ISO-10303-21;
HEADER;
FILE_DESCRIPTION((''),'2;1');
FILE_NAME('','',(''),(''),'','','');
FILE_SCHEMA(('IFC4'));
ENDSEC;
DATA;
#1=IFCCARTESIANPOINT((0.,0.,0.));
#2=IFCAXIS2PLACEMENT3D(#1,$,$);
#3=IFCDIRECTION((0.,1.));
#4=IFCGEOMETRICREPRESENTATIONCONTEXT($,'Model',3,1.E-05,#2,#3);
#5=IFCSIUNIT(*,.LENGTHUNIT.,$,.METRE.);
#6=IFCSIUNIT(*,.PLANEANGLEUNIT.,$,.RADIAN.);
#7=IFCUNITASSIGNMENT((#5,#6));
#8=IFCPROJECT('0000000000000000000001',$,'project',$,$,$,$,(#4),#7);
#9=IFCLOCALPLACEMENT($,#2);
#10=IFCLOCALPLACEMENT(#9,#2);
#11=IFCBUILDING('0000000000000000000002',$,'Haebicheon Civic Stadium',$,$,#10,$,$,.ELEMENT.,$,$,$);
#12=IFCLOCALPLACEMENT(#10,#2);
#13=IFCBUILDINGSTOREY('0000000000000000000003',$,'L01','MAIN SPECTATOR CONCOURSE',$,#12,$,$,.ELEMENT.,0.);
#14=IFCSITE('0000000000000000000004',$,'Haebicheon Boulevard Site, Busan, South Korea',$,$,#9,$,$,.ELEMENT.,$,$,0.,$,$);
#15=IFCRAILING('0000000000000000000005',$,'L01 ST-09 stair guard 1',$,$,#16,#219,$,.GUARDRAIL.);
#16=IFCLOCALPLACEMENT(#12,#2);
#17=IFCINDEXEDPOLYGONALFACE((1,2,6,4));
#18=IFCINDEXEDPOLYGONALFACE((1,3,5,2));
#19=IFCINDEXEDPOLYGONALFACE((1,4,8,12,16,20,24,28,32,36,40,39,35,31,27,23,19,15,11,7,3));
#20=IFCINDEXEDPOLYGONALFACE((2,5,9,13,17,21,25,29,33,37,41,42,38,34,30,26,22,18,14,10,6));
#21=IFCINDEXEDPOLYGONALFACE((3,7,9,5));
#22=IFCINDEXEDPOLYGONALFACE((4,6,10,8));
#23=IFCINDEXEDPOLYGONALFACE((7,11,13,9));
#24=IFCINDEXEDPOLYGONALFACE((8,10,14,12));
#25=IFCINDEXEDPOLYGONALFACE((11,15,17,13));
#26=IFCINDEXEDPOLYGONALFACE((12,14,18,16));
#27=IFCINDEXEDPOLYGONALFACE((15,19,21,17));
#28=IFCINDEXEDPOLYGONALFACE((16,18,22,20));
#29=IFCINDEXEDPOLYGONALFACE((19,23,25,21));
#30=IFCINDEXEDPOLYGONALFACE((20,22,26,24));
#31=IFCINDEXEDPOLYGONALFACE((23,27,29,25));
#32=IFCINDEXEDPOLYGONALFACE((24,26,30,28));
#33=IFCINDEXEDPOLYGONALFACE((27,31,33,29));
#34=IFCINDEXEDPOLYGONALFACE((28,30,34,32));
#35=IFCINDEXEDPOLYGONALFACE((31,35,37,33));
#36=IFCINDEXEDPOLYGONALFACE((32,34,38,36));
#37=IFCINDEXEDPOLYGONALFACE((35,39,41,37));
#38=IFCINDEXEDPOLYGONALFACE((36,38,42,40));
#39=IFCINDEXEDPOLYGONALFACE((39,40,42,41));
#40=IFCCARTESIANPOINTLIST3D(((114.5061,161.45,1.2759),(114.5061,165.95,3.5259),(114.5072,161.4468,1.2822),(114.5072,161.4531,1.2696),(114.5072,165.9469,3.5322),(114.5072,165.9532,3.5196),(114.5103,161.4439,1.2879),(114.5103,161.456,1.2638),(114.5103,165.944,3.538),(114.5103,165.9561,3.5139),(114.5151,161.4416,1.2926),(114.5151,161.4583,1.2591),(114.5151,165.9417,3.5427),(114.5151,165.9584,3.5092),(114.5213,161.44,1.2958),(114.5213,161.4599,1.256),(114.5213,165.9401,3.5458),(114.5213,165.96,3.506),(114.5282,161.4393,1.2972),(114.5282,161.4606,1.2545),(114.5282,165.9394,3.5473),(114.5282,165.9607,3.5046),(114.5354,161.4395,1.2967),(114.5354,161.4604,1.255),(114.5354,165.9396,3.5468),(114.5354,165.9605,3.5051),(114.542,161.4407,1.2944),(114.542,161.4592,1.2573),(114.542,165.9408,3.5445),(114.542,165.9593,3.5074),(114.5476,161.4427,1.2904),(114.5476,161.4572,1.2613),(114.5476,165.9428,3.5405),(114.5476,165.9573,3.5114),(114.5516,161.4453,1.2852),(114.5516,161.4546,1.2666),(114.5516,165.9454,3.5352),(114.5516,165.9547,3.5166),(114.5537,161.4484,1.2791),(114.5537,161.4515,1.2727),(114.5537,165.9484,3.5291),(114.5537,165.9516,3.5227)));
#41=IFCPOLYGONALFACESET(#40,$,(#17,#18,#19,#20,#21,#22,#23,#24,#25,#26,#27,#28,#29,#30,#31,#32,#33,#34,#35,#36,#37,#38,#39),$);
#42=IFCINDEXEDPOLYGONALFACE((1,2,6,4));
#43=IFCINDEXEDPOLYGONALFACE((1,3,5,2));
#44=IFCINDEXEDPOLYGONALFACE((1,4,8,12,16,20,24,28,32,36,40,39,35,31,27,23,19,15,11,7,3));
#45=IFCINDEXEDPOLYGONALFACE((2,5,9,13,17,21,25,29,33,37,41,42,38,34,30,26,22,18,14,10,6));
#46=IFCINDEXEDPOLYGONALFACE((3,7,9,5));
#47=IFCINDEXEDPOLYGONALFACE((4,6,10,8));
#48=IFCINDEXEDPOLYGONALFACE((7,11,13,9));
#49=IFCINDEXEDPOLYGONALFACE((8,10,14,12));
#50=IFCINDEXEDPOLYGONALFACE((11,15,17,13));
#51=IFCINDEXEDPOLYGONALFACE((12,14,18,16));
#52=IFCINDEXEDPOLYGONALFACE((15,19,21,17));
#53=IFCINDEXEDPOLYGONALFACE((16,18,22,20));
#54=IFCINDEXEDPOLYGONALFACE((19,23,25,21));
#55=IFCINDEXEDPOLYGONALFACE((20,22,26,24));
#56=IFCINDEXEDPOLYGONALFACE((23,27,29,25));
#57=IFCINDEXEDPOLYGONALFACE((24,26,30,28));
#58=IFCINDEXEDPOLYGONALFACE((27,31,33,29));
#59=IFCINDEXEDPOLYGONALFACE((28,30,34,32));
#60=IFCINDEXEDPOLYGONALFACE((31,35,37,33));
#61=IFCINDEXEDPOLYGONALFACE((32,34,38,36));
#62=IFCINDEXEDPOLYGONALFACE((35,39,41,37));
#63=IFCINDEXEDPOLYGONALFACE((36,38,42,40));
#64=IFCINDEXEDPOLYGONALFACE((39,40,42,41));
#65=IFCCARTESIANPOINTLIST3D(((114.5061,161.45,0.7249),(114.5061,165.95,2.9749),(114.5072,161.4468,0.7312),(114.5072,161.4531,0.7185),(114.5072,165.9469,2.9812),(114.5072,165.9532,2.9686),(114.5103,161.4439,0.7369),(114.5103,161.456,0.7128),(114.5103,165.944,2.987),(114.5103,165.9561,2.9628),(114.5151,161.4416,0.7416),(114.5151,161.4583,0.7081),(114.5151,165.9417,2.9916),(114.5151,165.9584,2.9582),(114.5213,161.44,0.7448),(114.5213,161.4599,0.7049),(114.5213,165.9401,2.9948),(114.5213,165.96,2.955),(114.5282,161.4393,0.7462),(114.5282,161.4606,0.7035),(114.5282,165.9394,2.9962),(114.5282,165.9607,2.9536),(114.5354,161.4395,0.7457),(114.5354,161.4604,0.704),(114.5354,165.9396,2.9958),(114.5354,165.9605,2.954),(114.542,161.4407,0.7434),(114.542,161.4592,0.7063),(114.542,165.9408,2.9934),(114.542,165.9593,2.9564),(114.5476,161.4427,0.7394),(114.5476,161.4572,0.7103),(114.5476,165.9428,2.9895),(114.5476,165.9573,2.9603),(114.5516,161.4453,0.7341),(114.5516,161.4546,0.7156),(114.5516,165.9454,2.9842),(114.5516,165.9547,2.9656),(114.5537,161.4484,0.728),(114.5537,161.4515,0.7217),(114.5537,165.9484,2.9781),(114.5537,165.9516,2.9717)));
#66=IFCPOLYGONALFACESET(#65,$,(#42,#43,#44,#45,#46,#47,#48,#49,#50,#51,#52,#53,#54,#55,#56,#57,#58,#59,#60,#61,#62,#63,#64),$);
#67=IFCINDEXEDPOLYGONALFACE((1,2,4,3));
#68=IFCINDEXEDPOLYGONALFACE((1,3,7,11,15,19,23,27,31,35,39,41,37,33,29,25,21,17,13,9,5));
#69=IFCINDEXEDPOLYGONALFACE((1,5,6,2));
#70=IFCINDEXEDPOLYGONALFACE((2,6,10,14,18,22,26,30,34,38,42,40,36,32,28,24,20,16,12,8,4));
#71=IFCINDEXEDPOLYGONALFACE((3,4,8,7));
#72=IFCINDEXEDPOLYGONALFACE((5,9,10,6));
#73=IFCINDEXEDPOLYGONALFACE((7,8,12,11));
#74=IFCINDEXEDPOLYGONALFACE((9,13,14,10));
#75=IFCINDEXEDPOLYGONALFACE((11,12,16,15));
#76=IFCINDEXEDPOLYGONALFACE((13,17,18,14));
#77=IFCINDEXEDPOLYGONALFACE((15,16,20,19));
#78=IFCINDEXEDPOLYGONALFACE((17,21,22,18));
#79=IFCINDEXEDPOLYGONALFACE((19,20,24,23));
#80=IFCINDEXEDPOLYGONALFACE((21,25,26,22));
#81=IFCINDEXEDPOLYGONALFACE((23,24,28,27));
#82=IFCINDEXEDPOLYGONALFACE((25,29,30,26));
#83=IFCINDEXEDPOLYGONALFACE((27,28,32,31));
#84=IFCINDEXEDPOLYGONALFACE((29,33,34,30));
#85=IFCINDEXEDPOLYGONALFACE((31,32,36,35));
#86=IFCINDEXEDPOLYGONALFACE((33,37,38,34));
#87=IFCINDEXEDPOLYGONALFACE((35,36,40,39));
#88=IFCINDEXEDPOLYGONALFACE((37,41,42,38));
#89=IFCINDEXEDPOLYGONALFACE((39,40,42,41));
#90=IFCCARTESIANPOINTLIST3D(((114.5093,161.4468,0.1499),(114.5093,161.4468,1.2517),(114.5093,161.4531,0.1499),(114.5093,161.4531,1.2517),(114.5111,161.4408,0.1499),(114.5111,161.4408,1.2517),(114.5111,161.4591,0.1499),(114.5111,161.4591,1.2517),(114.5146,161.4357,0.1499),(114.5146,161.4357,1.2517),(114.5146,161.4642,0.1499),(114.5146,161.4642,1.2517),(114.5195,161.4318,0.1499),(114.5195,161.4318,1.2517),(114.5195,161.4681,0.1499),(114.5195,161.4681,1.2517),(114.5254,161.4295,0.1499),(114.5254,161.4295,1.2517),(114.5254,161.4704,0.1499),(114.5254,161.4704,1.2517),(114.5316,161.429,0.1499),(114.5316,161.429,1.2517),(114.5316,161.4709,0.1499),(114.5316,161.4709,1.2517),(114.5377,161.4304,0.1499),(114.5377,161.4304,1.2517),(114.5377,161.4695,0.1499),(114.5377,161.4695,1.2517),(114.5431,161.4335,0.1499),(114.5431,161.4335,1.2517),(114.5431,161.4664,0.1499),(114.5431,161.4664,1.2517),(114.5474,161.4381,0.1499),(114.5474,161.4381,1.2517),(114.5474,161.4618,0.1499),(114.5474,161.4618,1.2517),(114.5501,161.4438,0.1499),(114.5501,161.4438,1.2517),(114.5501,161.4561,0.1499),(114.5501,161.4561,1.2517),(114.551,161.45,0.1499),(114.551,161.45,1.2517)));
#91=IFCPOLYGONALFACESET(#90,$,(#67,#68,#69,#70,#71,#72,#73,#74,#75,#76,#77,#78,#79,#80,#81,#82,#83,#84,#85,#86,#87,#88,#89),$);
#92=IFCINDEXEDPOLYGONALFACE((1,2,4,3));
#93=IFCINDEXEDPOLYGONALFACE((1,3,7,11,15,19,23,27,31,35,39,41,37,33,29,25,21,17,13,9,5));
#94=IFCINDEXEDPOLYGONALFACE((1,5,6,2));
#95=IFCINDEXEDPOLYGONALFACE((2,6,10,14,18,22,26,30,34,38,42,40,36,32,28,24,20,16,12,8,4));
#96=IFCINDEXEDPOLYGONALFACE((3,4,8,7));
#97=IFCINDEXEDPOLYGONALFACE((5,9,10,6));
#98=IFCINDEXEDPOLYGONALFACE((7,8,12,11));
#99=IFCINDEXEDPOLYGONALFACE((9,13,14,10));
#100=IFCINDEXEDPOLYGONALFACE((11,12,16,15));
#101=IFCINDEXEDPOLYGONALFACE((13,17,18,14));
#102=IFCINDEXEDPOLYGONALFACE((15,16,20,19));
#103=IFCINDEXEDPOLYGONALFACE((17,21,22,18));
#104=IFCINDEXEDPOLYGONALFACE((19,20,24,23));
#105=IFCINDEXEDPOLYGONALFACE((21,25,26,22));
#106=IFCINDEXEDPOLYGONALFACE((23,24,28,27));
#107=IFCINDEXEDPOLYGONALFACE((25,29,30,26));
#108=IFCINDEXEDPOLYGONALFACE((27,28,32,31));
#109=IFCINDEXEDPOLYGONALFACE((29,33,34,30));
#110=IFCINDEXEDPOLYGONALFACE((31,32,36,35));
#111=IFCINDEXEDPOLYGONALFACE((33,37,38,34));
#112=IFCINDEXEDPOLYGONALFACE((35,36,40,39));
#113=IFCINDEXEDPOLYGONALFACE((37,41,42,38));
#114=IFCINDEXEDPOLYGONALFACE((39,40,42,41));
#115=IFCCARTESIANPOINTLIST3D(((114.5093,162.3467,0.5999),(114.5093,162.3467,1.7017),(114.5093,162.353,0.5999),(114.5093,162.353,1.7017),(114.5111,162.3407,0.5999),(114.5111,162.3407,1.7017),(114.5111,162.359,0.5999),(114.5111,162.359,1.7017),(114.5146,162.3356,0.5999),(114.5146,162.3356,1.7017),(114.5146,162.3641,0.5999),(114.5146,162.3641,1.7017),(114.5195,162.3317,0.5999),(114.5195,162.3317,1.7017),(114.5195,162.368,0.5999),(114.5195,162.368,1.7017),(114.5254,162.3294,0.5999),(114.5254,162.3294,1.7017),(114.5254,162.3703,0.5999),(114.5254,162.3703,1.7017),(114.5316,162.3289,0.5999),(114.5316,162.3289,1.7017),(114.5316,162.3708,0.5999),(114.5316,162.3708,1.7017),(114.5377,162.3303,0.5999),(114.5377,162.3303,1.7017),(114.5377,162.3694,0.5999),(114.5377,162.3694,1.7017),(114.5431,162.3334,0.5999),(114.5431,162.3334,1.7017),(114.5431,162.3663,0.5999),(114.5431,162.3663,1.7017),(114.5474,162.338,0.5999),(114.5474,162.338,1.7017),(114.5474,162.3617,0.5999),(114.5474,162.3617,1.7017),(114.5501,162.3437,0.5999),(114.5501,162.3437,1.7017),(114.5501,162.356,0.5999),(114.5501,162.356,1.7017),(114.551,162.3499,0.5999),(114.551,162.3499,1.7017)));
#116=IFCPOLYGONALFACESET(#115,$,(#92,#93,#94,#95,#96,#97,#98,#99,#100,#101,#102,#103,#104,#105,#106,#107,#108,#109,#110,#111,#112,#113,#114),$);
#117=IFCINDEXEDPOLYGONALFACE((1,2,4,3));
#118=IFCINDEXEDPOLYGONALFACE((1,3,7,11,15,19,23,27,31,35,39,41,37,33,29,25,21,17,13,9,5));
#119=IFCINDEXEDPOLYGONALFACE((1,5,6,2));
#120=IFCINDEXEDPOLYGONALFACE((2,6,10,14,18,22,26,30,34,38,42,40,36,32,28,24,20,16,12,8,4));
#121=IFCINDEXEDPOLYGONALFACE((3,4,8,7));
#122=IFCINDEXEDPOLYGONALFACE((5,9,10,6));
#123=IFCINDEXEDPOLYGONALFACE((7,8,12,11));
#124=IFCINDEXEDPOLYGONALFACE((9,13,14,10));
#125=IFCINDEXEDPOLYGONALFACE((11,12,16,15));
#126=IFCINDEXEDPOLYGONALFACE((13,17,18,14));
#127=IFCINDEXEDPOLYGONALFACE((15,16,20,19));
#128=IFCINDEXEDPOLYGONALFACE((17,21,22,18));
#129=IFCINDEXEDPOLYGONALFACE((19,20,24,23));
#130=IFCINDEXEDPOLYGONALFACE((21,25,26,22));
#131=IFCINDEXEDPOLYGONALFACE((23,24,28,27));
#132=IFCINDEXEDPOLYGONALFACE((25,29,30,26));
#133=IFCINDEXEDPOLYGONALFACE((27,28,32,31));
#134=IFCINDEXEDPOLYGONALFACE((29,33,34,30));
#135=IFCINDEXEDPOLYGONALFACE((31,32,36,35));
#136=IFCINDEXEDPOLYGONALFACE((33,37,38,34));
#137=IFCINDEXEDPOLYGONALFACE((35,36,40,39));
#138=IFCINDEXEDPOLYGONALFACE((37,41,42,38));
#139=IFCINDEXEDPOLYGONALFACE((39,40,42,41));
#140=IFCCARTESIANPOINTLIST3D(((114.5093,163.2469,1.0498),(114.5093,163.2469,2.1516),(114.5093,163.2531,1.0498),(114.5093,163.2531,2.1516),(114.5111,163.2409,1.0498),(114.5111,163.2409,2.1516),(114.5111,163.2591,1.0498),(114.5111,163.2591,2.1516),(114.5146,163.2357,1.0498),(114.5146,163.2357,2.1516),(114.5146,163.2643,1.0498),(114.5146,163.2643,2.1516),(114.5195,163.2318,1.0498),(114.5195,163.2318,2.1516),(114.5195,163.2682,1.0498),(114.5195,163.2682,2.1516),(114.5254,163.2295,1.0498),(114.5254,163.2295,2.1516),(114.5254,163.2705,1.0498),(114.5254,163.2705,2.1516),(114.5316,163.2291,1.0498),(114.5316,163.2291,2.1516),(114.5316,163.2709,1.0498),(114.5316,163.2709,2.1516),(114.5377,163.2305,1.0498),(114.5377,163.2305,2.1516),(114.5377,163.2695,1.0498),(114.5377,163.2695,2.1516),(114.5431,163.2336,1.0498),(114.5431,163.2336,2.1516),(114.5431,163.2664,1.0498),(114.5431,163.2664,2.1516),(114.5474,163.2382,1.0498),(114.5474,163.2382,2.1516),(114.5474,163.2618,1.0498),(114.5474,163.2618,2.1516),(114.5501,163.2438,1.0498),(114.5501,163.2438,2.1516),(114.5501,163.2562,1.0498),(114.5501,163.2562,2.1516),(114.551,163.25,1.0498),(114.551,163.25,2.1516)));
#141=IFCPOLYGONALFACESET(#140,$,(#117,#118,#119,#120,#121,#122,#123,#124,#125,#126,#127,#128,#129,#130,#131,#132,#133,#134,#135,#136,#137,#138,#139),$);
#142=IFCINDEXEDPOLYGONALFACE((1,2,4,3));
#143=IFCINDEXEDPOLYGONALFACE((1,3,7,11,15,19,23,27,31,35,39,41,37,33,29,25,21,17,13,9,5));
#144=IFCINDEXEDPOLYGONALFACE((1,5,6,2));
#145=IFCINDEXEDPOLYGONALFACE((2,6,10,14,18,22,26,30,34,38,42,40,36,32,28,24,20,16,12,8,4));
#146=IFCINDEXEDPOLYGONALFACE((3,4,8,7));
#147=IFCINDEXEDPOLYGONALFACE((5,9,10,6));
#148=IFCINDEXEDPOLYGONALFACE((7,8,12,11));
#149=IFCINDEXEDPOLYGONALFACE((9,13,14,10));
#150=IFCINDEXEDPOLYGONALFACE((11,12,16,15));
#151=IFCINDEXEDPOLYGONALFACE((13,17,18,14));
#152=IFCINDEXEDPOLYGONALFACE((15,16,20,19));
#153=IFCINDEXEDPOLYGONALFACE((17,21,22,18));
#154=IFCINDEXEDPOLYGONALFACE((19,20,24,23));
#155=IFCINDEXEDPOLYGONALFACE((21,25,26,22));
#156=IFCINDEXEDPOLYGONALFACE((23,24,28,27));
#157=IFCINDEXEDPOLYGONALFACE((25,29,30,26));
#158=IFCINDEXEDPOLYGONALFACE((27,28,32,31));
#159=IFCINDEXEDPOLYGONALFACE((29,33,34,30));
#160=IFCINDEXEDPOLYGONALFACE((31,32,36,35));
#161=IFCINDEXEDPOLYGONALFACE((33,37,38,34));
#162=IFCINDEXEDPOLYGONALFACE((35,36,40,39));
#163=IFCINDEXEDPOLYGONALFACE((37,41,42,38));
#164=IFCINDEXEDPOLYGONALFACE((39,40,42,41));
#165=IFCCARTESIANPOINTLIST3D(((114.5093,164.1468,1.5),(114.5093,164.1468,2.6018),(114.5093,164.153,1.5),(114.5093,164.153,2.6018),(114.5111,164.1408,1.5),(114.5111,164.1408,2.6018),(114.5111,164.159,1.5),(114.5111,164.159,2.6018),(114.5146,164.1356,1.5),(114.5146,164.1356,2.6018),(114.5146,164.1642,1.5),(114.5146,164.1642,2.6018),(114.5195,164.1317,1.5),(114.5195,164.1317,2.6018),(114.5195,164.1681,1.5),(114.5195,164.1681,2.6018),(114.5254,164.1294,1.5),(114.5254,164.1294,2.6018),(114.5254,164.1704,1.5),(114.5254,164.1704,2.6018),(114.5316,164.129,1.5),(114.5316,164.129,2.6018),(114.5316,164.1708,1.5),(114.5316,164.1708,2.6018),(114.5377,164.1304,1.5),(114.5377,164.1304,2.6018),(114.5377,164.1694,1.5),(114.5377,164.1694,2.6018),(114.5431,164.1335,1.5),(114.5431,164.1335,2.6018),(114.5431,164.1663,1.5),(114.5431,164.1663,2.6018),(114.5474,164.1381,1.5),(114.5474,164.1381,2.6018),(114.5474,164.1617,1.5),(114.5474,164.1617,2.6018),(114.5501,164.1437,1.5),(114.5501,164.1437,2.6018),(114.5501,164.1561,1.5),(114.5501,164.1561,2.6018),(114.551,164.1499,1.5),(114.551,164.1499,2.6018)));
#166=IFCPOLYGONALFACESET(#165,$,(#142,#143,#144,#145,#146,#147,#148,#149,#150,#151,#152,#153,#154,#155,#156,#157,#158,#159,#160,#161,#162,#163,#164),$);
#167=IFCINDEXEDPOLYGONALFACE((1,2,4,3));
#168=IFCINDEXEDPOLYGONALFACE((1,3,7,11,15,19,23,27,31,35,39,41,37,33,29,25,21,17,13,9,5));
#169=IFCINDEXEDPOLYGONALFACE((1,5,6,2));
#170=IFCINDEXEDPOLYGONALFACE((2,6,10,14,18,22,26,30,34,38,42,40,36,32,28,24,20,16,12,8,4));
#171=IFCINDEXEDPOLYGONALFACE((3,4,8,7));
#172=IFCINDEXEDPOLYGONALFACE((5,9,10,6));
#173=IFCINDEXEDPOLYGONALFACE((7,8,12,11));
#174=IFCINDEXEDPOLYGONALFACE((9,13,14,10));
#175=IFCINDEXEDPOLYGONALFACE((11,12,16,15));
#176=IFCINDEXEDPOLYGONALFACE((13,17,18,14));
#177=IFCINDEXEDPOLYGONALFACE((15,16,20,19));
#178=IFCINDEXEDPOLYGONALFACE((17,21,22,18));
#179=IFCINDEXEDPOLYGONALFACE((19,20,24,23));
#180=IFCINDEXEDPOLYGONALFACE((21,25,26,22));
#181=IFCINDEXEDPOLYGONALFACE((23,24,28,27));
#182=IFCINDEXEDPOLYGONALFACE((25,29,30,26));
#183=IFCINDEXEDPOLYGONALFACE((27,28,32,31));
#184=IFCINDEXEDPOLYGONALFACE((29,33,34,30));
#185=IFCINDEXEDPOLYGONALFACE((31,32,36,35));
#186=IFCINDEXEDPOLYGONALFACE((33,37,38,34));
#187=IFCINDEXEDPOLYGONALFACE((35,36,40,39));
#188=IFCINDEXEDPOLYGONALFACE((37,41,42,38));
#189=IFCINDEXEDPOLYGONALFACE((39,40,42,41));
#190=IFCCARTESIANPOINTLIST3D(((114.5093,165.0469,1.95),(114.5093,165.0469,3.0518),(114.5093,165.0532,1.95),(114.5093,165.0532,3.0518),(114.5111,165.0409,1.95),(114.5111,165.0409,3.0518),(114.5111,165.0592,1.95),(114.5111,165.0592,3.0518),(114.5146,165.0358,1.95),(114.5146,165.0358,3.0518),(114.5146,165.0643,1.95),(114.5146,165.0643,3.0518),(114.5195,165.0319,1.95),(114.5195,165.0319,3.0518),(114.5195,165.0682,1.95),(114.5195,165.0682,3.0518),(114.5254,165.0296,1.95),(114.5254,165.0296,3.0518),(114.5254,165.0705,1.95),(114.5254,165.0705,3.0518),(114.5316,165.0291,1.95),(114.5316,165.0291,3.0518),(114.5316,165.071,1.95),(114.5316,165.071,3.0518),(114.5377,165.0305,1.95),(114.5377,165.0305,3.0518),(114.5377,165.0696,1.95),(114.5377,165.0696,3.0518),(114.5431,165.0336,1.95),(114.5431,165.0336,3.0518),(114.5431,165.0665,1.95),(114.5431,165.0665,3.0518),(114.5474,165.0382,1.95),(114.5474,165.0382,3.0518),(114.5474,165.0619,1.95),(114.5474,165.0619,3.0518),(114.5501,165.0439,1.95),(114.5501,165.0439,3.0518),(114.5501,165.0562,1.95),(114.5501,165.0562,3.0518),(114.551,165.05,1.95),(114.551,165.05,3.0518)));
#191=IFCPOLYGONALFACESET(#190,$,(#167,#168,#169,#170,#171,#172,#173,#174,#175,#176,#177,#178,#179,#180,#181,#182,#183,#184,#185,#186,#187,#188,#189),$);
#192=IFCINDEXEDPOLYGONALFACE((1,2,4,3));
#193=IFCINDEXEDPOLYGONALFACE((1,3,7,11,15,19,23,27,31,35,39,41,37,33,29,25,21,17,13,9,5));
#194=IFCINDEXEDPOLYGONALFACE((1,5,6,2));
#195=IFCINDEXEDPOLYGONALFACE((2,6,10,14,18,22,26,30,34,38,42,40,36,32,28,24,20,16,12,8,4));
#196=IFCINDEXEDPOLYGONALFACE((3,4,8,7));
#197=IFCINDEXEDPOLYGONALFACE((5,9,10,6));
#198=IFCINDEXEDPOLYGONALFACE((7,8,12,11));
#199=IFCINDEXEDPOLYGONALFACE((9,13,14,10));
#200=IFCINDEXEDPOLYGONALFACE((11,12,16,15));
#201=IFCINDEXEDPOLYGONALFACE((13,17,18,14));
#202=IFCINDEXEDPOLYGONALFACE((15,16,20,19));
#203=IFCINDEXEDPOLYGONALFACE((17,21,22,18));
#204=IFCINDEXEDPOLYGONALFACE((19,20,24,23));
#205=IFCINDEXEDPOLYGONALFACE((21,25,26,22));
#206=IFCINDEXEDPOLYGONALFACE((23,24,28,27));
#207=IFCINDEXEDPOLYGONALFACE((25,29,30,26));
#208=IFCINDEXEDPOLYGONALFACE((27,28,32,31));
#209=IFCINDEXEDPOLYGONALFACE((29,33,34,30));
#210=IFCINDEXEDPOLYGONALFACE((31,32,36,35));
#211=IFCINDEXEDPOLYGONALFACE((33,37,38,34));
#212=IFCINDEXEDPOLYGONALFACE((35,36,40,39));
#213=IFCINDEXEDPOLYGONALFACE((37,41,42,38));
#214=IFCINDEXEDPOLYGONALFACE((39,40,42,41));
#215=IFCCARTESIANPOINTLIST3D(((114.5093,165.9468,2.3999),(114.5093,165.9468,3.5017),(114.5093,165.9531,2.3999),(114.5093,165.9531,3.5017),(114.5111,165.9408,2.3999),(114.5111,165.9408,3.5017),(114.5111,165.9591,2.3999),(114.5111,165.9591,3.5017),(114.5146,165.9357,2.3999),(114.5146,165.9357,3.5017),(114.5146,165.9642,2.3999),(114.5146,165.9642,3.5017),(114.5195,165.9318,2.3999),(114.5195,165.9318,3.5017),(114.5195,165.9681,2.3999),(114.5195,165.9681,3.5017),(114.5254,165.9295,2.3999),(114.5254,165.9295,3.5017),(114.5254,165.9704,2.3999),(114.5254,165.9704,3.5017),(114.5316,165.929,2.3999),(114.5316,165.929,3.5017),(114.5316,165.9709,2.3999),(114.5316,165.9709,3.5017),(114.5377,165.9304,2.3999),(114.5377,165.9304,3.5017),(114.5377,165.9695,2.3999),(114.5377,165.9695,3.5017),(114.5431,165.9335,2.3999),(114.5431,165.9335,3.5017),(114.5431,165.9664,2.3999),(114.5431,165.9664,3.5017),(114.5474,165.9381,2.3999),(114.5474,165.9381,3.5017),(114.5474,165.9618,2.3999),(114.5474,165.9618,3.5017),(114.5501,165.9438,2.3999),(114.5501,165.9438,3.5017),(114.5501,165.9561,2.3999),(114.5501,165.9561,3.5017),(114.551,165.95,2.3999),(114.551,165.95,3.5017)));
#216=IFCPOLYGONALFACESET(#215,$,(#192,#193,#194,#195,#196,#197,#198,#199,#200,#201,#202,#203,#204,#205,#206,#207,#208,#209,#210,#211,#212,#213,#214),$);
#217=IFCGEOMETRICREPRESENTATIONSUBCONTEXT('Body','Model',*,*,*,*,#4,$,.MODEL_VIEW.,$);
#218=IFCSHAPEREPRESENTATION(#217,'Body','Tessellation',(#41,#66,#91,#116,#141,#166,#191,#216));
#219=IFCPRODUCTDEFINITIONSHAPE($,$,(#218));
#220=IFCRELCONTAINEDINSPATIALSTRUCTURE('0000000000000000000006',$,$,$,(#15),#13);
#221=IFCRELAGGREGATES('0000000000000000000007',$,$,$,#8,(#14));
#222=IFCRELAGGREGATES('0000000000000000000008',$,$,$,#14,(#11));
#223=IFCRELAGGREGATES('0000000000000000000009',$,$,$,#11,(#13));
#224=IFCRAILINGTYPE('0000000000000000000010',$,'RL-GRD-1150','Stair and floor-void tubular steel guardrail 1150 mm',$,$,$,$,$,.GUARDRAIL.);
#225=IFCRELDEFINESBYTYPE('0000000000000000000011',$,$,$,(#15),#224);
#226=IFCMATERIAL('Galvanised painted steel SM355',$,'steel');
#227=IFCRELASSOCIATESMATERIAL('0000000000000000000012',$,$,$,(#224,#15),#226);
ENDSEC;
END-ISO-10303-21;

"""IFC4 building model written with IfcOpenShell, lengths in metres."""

from ifc_helpers import new_model, si_unit, direction, frame, origin, origin_2d, place, context, subcontext, project, spatial, circle, extrude, material, type_object, element, save


model = new_model("IFC4")

# Units and contexts
model_context = context("Model", 3, precision=1e-05, world=origin(), true_north=direction((0.0, 1.0)))
body_context = subcontext(model_context, "Body", "Model", "MODEL_VIEW")
ifc_project = project(units=[si_unit("LENGTHUNIT", "METRE"), si_unit("PLANEANGLEUNIT", "RADIAN")], contexts=[model_context])

# Site, building, storey
site_placement = place(None, origin())
site = spatial("IfcSite", under=ifc_project, at=site_placement, Name="Haebicheon Boulevard Site, Busan, South Korea", CompositionType="ELEMENT", RefElevation=0.0)
building_placement = place(site_placement, origin())
building = spatial("IfcBuilding", under=site, at=building_placement, Name="Haebicheon Civic Stadium", CompositionType="ELEMENT")
storey_placement = place(building_placement, origin())
storey = spatial("IfcBuildingStorey", under=building, at=storey_placement, Name="L01", Description="MAIN SPECTATOR CONCOURSE", CompositionType="ELEMENT", Elevation=0.0)

# Railing
ifc_material_1 = material(Name="Galvanised painted steel SM355", Category="steel")
railing_type_1 = type_object("IfcRailingType", Name="RL-GRD-1150", Description="Stair and floor-void tubular steel guardrail 1150 mm", PredefinedType="GUARDRAIL", material=ifc_material_1)
railing_1_placement = place(storey_placement, frame((114.53, 161.45, 0.1499)))
element("IfcRailing", 1, at=railing_1_placement, inside=storey, type_object=railing_type_1, material=ifc_material_1, Name="L01 ST-09 stair guard 1", PredefinedType="GUARDRAIL", context=body_context, shape_type="SweptSolid", body=[
    extrude(circle(Radius=0.0239, at=origin_2d()), frame((0.0, 0.0, 1.126), z_axis=(0.0, 0.894427, 0.447214), x_axis=(-1.0, 0.0, 0.0)), (0.0, 0.0, 1.0), 5.0312),
    extrude(circle(Radius=0.0239, at=origin_2d()), frame((0.0, 0.0, 0.575), z_axis=(0.0, 0.894427, 0.447214), x_axis=(-1.0, 0.0, 0.0)), (0.0, 0.0, 1.0), 5.0312),
    extrude(circle(Radius=0.021, at=origin_2d()), origin(), (0.0, 0.0, 1.0), 1.1018),
    extrude(circle(Radius=0.021, at=origin_2d()), frame((0.0, 0.8999, 0.45)), (0.0, 0.0, 1.0), 1.1018),
    extrude(circle(Radius=0.021, at=origin_2d()), frame((0.0, 1.8, 0.8999)), (0.0, 0.0, 1.0), 1.1018),
    extrude(circle(Radius=0.021, at=origin_2d()), frame((0.0, 2.7, 1.3501)), (0.0, 0.0, 1.0), 1.1018),
    extrude(circle(Radius=0.021, at=origin_2d()), frame((0.0, 3.6001, 1.8)), (0.0, 0.0, 1.0), 1.1018),
    extrude(circle(Radius=0.021, at=origin_2d()), frame((0.0, 4.5, 2.25)), (0.0, 0.0, 1.0), 1.1018),
])

save(model, "model.ifc")
